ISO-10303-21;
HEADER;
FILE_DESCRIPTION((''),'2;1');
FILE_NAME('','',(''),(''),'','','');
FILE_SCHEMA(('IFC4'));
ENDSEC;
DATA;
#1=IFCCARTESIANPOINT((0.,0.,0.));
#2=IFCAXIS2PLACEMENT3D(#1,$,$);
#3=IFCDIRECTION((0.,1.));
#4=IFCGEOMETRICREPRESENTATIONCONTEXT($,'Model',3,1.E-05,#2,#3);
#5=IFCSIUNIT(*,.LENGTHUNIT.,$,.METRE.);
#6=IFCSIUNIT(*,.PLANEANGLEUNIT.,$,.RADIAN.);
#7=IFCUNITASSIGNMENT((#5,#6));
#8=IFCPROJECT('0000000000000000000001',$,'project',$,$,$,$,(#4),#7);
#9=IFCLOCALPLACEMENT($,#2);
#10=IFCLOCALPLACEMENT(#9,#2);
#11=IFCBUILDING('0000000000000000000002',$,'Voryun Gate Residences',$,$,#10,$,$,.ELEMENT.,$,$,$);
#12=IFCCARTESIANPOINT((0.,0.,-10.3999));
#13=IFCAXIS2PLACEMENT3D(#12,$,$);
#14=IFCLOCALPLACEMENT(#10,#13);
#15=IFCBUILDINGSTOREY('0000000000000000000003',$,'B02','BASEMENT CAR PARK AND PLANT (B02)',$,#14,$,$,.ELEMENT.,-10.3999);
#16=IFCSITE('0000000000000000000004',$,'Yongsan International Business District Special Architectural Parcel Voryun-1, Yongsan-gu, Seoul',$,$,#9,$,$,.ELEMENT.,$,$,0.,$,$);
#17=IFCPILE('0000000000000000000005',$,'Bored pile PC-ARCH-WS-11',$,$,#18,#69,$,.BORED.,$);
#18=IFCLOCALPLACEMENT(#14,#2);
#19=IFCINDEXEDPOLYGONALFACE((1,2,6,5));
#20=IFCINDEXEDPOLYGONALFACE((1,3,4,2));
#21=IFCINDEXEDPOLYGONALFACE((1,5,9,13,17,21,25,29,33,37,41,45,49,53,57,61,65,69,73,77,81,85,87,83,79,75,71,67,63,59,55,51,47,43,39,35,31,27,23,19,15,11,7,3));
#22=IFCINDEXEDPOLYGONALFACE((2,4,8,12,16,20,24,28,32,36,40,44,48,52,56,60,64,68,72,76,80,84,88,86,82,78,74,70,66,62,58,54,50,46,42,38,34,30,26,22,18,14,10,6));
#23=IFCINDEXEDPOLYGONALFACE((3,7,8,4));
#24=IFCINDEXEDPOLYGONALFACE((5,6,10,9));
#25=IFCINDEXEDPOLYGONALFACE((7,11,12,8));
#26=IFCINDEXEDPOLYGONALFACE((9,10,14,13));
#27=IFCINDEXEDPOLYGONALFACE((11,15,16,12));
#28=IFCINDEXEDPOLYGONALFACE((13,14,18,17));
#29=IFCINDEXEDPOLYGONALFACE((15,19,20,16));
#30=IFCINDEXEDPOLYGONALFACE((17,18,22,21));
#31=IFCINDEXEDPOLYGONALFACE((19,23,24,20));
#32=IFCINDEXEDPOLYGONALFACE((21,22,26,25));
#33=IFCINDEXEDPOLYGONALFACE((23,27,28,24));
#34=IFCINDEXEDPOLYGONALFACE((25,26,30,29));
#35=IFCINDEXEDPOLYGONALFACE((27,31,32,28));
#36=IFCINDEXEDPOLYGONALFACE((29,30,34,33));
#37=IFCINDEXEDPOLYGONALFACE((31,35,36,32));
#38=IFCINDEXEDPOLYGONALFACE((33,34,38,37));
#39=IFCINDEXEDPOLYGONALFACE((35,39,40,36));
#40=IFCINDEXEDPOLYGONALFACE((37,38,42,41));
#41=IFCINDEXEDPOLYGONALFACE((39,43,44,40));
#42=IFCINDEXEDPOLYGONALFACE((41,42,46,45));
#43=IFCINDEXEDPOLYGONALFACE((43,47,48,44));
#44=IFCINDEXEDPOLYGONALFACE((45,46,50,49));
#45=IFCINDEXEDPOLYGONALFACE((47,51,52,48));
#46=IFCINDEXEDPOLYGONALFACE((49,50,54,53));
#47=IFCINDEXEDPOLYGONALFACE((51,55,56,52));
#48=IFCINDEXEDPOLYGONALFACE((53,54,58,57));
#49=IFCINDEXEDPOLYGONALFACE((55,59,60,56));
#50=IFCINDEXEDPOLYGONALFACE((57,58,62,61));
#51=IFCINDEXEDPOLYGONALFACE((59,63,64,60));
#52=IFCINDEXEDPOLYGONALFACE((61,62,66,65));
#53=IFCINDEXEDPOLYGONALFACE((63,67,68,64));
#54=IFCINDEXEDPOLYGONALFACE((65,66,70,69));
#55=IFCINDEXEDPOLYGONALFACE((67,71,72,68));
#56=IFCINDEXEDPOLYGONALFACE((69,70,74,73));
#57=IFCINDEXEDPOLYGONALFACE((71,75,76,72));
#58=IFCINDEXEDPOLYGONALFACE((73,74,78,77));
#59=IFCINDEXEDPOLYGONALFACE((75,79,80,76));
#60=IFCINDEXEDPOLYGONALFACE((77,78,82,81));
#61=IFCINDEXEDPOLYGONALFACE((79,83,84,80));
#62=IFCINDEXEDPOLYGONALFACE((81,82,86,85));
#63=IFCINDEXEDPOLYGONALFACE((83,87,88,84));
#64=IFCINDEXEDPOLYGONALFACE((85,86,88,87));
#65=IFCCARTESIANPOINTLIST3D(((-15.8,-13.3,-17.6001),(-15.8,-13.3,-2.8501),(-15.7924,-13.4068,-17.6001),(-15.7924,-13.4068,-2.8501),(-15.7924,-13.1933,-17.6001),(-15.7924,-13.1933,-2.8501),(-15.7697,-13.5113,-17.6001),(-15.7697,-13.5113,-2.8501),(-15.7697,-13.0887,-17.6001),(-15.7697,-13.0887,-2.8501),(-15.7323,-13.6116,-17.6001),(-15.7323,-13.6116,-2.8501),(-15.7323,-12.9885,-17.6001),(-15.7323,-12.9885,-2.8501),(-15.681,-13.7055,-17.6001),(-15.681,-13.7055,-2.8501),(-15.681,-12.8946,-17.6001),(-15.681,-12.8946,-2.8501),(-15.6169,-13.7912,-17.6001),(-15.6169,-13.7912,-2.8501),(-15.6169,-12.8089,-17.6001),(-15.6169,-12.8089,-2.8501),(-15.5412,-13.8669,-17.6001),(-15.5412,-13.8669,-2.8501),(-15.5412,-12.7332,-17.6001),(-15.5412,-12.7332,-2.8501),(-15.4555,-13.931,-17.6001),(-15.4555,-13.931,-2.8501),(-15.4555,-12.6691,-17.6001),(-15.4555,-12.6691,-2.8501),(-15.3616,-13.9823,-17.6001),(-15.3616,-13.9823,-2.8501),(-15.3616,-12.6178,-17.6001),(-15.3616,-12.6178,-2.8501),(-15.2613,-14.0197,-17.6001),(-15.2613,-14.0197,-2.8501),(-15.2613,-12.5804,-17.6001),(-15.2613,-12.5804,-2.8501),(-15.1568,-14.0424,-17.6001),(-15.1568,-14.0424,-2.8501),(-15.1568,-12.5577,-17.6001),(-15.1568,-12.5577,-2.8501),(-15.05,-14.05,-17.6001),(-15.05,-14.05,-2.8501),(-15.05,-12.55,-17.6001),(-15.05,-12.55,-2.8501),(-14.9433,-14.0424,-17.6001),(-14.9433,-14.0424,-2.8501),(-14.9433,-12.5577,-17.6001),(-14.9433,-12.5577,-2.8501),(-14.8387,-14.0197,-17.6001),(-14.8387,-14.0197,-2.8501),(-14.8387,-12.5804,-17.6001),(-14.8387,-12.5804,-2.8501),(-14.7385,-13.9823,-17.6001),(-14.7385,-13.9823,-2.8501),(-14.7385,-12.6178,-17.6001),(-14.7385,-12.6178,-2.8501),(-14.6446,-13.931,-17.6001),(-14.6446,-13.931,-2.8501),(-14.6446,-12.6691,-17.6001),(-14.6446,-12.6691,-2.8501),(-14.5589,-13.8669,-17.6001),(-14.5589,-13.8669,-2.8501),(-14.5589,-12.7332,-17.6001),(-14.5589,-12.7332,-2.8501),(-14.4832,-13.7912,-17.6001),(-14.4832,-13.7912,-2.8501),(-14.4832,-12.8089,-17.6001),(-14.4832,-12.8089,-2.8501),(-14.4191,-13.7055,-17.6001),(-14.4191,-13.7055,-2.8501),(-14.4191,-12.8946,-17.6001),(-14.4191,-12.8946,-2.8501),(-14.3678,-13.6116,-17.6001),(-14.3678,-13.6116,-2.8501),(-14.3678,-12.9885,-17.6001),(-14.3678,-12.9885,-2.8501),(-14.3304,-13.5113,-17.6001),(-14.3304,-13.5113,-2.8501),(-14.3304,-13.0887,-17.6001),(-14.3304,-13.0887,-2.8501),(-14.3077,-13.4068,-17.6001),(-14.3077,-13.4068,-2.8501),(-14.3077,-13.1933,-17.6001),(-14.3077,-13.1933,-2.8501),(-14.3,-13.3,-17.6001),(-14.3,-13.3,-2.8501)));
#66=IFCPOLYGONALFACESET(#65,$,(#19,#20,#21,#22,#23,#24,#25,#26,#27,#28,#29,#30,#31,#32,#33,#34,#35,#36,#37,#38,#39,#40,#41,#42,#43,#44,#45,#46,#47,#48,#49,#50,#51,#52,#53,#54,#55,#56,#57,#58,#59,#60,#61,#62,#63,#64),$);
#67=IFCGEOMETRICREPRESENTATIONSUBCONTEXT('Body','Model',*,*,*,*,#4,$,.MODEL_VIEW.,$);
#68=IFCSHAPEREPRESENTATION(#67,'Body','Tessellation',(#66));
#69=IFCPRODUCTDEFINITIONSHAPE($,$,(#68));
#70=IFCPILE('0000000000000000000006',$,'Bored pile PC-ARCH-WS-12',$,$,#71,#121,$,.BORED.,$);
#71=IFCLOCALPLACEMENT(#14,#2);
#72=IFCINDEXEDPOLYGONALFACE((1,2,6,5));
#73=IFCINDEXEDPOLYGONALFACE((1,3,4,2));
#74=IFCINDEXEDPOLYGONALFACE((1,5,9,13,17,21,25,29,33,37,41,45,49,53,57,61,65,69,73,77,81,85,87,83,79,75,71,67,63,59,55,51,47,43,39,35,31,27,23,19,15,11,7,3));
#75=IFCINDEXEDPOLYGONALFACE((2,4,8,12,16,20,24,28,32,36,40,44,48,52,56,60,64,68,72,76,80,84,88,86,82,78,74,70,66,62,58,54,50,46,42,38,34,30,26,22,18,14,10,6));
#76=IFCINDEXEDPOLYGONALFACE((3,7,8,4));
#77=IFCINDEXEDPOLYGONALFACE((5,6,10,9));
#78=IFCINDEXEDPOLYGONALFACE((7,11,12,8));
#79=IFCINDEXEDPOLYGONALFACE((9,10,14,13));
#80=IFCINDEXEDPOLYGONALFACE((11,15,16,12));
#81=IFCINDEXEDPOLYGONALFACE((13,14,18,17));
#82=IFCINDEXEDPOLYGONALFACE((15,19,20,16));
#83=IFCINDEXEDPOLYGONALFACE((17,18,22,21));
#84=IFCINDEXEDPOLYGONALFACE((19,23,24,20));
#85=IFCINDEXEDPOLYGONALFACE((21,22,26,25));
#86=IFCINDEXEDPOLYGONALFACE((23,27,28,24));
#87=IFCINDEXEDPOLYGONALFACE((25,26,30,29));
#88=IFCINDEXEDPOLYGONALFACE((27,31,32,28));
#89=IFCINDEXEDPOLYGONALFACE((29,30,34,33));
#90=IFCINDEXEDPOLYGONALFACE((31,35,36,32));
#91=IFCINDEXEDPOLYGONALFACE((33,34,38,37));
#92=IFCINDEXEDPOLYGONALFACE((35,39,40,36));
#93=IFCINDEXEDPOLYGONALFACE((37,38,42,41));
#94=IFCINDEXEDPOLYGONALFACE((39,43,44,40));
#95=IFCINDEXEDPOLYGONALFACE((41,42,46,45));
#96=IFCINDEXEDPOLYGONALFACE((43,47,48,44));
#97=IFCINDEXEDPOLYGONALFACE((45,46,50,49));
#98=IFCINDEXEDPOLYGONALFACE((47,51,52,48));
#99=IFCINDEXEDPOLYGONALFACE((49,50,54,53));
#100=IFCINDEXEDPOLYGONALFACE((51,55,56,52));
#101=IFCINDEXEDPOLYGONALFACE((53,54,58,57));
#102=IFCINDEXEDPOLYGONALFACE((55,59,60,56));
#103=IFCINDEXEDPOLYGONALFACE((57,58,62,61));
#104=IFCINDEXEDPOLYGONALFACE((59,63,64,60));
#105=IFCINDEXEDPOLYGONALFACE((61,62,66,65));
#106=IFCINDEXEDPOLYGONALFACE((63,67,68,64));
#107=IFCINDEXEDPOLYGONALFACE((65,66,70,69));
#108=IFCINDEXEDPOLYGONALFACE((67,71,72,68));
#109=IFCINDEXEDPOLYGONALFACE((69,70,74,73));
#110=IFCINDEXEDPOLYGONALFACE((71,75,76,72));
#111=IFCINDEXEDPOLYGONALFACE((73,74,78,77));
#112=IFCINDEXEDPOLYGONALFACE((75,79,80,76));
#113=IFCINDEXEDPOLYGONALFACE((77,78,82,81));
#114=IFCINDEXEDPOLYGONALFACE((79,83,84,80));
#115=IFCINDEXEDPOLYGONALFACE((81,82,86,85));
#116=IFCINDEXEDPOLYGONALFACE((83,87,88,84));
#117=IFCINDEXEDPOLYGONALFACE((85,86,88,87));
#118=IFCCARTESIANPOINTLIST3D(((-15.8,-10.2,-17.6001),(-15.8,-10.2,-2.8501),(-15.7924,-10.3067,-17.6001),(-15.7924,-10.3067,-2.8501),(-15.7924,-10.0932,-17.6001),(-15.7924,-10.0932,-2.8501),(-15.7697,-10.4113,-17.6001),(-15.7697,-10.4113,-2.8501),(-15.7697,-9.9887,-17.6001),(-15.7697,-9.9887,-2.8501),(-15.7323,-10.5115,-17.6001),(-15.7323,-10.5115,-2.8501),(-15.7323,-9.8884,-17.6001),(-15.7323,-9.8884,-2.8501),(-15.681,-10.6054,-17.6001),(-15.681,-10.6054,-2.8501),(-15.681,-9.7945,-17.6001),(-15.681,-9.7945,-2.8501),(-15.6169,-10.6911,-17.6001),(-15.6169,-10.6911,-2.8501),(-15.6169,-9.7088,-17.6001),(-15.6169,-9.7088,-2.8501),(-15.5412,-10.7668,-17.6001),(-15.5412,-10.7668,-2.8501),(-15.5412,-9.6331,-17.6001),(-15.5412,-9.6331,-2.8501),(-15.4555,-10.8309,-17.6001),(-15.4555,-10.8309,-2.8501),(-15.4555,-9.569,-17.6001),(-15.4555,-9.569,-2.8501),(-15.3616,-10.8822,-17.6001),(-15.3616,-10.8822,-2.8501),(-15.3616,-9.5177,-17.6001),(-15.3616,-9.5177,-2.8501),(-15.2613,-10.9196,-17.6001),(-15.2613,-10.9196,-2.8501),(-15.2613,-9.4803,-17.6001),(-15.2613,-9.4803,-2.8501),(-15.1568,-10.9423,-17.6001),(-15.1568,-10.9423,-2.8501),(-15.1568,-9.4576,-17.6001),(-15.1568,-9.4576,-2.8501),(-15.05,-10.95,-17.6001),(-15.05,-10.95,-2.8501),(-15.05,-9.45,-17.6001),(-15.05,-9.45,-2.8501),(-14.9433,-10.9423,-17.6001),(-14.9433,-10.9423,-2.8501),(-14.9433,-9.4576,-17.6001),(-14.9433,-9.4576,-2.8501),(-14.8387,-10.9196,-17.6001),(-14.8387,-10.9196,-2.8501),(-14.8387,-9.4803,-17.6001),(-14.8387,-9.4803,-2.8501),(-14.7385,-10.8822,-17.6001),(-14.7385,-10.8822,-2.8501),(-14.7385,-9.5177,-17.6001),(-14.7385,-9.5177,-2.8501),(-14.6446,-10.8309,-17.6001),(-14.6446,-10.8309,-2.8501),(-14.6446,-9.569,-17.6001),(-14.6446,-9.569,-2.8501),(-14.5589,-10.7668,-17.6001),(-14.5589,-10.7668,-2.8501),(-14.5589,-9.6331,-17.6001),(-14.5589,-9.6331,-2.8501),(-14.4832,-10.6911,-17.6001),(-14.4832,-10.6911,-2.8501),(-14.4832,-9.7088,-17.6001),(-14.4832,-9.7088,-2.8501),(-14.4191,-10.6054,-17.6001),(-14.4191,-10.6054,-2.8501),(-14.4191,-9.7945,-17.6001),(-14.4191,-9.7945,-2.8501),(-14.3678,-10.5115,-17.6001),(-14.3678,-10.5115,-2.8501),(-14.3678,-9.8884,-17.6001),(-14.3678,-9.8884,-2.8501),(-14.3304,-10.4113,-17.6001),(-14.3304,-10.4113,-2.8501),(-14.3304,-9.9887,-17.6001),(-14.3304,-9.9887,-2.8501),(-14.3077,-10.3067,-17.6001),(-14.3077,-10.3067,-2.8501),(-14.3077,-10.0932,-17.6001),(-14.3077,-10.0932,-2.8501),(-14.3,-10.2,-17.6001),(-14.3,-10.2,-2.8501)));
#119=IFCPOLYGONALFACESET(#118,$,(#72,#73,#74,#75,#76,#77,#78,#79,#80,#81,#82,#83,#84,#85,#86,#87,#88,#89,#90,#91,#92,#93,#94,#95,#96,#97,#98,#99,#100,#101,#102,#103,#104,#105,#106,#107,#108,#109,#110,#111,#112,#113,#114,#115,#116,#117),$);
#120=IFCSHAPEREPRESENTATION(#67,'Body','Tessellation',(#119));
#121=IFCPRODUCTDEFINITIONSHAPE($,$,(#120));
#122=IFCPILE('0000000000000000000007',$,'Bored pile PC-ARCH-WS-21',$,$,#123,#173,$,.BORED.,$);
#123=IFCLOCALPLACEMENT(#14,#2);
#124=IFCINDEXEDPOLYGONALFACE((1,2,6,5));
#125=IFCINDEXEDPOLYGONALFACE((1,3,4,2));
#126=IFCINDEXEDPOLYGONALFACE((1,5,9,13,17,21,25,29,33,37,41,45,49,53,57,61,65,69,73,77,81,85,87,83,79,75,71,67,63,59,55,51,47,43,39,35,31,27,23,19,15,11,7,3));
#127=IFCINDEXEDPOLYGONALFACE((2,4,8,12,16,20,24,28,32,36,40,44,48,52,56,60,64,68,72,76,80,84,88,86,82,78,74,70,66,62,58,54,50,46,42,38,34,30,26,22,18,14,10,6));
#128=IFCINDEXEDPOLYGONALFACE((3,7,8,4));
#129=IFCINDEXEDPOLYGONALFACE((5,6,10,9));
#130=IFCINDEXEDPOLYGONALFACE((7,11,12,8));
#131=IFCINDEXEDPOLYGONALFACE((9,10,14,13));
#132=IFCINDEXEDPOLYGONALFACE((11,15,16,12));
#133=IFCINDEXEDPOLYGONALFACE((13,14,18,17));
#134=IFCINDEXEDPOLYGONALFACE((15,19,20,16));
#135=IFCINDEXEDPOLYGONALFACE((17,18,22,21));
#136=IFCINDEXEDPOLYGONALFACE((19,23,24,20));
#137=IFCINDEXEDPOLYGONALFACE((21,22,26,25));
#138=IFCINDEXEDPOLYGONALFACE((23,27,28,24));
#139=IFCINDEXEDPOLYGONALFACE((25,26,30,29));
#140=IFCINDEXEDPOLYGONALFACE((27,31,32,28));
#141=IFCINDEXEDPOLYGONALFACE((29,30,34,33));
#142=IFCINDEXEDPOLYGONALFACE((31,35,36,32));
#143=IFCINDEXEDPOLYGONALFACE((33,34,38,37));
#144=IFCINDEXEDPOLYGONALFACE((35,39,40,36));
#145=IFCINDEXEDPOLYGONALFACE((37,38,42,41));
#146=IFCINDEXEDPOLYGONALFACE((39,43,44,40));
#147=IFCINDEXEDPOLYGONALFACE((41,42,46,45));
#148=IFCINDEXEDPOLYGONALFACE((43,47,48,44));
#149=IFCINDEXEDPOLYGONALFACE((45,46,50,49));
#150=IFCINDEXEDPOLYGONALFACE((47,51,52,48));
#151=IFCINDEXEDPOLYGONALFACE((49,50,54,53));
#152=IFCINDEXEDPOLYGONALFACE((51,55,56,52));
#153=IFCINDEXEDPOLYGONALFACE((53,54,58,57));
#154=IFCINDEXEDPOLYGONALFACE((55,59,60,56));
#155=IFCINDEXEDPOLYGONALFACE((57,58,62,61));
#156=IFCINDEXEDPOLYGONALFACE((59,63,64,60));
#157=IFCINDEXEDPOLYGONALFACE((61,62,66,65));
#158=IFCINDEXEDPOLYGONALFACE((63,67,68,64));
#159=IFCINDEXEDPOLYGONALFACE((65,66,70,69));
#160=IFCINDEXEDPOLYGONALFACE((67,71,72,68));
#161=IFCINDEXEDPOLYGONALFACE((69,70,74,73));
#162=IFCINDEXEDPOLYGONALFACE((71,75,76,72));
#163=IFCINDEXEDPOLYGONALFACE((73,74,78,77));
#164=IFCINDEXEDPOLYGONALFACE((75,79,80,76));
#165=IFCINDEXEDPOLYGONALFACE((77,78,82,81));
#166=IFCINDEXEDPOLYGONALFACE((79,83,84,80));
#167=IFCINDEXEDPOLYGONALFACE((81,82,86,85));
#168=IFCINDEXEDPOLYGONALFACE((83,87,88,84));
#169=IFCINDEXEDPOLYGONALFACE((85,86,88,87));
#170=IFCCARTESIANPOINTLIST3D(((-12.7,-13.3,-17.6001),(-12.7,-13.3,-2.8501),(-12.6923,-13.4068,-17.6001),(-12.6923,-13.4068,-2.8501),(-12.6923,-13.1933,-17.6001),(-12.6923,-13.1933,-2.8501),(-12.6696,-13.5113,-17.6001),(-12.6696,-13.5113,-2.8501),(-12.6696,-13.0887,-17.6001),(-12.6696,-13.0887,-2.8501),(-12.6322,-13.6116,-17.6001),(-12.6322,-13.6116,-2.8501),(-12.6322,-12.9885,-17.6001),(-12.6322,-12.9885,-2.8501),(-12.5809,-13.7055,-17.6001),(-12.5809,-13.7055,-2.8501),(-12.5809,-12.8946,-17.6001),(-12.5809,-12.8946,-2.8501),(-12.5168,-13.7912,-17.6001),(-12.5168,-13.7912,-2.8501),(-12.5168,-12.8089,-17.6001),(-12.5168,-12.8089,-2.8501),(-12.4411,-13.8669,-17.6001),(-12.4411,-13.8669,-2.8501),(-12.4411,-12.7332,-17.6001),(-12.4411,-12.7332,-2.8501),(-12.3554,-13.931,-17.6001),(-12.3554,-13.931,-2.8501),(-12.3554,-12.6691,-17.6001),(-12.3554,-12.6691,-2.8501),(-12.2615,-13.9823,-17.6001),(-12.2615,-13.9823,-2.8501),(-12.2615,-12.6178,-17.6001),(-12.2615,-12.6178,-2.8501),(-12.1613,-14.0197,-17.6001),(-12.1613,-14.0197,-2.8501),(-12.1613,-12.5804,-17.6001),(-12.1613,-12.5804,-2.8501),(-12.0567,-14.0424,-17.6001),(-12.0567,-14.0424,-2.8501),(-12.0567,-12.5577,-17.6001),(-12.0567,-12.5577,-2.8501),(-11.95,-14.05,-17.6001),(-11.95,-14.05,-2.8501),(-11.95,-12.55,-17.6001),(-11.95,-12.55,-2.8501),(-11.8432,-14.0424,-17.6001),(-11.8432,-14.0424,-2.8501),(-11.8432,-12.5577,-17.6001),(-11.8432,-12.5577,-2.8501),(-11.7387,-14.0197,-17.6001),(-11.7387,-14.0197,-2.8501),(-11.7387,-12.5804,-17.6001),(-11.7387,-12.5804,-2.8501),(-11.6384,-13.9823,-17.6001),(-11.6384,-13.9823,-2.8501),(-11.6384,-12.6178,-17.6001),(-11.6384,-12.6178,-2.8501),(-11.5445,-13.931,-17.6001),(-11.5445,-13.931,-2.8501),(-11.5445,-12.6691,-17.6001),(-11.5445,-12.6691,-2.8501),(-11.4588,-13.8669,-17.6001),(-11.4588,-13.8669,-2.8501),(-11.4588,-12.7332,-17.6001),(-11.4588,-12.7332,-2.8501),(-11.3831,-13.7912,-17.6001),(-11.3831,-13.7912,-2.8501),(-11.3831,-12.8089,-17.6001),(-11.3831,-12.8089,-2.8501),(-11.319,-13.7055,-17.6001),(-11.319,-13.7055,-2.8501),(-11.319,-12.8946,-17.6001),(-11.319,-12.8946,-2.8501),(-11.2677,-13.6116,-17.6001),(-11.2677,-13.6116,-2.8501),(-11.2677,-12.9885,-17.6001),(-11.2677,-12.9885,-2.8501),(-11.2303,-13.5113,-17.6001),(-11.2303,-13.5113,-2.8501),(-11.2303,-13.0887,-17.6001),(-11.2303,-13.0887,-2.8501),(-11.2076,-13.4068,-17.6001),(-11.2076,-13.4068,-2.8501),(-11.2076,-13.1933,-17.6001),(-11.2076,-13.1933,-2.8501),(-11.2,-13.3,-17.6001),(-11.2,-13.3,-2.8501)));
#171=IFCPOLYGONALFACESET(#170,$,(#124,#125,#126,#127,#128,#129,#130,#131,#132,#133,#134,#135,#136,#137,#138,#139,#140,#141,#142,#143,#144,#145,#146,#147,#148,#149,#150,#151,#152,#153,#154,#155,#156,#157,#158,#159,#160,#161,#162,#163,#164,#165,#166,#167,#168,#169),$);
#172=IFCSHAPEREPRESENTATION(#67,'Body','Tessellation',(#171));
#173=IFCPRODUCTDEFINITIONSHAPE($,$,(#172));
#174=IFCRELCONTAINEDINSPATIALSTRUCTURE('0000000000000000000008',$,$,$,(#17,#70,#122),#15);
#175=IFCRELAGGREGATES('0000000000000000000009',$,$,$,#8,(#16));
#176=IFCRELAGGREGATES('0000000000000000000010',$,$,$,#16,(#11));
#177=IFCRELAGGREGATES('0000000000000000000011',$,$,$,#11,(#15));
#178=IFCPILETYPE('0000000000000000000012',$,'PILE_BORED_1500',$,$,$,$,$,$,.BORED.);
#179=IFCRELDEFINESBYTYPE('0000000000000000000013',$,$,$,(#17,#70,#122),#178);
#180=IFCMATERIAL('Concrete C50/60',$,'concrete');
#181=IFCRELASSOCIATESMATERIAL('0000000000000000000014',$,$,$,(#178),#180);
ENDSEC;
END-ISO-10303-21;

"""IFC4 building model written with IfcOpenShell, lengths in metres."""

from ifc_helpers import new_model, si_unit, direction, frame, origin, origin_2d, place, context, subcontext, project, spatial, circle, extrude, material, material_profile, profile_set, type_object, element, save


model = new_model("IFC4")

# Units and contexts
model_context = context("Model", 3, precision=1e-05, world=origin(), true_north=direction((0.0, 1.0)))
body_context = subcontext(model_context, "Body", "Model", "MODEL_VIEW")
ifc_project = project(units=[si_unit("LENGTHUNIT", "METRE"), si_unit("PLANEANGLEUNIT", "RADIAN")], contexts=[model_context])

# Site, building, storey
site_placement = place(None, origin())
site = spatial("IfcSite", under=ifc_project, at=site_placement, Name="Yongsan International Business District Special Architectural Parcel Voryun-1, Yongsan-gu, Seoul", CompositionType="ELEMENT", RefElevation=0.0)
building_placement = place(site_placement, origin())
building = spatial("IfcBuilding", under=site, at=building_placement, Name="Voryun Gate Residences", CompositionType="ELEMENT")
storey_placement = place(building_placement, frame((0.0, 0.0, -10.3999)))
storey = spatial("IfcBuildingStorey", under=building, at=storey_placement, Name="B02", Description="BASEMENT CAR PARK AND PLANT (B02)", CompositionType="ELEMENT", Elevation=-10.3999)

# Piles
ifc_material_1 = material(Name="Concrete C50/60", Category="concrete")
ifc_material_profile_1 = material_profile(ifc_material_1, circle(Radius=0.75, at=origin_2d()), Name="PILE-D1500")
ifc_profile_set_1 = profile_set([ifc_material_profile_1], Name="Concrete C50/60")
pile_type = type_object("IfcPileType", Name="PILE_BORED_1500", PredefinedType="BORED", material=ifc_profile_set_1)
for number, where, z_axis, x_axis, name in (
    (1, (-15.05, -13.3, -2.8501), (0.0, 0.0, -1.0), (1.0, 0.0, 0.0), "Bored pile PC-ARCH-WS-11"),
    (2, (-15.05, -10.2, -2.8501), (0.0, 0.0, -1.0), (1.0, 0.0, 0.0), "Bored pile PC-ARCH-WS-12"),
    (3, (-11.95, -13.3, -2.8501), (0.0, 0.0, -1.0), (1.0, 0.0, 0.0), "Bored pile PC-ARCH-WS-21"),
):
    element("IfcPile", number, at=place(storey_placement, frame(where, z_axis=z_axis, x_axis=x_axis)), inside=storey, type_object=pile_type, Name=name, PredefinedType="BORED", context=body_context, shape_type="SweptSolid", body=[
        extrude(circle(Radius=0.75, at=origin_2d()), origin(), (0.0, 0.0, 1.0), 14.75),
    ])

save(model, "model.ifc")
